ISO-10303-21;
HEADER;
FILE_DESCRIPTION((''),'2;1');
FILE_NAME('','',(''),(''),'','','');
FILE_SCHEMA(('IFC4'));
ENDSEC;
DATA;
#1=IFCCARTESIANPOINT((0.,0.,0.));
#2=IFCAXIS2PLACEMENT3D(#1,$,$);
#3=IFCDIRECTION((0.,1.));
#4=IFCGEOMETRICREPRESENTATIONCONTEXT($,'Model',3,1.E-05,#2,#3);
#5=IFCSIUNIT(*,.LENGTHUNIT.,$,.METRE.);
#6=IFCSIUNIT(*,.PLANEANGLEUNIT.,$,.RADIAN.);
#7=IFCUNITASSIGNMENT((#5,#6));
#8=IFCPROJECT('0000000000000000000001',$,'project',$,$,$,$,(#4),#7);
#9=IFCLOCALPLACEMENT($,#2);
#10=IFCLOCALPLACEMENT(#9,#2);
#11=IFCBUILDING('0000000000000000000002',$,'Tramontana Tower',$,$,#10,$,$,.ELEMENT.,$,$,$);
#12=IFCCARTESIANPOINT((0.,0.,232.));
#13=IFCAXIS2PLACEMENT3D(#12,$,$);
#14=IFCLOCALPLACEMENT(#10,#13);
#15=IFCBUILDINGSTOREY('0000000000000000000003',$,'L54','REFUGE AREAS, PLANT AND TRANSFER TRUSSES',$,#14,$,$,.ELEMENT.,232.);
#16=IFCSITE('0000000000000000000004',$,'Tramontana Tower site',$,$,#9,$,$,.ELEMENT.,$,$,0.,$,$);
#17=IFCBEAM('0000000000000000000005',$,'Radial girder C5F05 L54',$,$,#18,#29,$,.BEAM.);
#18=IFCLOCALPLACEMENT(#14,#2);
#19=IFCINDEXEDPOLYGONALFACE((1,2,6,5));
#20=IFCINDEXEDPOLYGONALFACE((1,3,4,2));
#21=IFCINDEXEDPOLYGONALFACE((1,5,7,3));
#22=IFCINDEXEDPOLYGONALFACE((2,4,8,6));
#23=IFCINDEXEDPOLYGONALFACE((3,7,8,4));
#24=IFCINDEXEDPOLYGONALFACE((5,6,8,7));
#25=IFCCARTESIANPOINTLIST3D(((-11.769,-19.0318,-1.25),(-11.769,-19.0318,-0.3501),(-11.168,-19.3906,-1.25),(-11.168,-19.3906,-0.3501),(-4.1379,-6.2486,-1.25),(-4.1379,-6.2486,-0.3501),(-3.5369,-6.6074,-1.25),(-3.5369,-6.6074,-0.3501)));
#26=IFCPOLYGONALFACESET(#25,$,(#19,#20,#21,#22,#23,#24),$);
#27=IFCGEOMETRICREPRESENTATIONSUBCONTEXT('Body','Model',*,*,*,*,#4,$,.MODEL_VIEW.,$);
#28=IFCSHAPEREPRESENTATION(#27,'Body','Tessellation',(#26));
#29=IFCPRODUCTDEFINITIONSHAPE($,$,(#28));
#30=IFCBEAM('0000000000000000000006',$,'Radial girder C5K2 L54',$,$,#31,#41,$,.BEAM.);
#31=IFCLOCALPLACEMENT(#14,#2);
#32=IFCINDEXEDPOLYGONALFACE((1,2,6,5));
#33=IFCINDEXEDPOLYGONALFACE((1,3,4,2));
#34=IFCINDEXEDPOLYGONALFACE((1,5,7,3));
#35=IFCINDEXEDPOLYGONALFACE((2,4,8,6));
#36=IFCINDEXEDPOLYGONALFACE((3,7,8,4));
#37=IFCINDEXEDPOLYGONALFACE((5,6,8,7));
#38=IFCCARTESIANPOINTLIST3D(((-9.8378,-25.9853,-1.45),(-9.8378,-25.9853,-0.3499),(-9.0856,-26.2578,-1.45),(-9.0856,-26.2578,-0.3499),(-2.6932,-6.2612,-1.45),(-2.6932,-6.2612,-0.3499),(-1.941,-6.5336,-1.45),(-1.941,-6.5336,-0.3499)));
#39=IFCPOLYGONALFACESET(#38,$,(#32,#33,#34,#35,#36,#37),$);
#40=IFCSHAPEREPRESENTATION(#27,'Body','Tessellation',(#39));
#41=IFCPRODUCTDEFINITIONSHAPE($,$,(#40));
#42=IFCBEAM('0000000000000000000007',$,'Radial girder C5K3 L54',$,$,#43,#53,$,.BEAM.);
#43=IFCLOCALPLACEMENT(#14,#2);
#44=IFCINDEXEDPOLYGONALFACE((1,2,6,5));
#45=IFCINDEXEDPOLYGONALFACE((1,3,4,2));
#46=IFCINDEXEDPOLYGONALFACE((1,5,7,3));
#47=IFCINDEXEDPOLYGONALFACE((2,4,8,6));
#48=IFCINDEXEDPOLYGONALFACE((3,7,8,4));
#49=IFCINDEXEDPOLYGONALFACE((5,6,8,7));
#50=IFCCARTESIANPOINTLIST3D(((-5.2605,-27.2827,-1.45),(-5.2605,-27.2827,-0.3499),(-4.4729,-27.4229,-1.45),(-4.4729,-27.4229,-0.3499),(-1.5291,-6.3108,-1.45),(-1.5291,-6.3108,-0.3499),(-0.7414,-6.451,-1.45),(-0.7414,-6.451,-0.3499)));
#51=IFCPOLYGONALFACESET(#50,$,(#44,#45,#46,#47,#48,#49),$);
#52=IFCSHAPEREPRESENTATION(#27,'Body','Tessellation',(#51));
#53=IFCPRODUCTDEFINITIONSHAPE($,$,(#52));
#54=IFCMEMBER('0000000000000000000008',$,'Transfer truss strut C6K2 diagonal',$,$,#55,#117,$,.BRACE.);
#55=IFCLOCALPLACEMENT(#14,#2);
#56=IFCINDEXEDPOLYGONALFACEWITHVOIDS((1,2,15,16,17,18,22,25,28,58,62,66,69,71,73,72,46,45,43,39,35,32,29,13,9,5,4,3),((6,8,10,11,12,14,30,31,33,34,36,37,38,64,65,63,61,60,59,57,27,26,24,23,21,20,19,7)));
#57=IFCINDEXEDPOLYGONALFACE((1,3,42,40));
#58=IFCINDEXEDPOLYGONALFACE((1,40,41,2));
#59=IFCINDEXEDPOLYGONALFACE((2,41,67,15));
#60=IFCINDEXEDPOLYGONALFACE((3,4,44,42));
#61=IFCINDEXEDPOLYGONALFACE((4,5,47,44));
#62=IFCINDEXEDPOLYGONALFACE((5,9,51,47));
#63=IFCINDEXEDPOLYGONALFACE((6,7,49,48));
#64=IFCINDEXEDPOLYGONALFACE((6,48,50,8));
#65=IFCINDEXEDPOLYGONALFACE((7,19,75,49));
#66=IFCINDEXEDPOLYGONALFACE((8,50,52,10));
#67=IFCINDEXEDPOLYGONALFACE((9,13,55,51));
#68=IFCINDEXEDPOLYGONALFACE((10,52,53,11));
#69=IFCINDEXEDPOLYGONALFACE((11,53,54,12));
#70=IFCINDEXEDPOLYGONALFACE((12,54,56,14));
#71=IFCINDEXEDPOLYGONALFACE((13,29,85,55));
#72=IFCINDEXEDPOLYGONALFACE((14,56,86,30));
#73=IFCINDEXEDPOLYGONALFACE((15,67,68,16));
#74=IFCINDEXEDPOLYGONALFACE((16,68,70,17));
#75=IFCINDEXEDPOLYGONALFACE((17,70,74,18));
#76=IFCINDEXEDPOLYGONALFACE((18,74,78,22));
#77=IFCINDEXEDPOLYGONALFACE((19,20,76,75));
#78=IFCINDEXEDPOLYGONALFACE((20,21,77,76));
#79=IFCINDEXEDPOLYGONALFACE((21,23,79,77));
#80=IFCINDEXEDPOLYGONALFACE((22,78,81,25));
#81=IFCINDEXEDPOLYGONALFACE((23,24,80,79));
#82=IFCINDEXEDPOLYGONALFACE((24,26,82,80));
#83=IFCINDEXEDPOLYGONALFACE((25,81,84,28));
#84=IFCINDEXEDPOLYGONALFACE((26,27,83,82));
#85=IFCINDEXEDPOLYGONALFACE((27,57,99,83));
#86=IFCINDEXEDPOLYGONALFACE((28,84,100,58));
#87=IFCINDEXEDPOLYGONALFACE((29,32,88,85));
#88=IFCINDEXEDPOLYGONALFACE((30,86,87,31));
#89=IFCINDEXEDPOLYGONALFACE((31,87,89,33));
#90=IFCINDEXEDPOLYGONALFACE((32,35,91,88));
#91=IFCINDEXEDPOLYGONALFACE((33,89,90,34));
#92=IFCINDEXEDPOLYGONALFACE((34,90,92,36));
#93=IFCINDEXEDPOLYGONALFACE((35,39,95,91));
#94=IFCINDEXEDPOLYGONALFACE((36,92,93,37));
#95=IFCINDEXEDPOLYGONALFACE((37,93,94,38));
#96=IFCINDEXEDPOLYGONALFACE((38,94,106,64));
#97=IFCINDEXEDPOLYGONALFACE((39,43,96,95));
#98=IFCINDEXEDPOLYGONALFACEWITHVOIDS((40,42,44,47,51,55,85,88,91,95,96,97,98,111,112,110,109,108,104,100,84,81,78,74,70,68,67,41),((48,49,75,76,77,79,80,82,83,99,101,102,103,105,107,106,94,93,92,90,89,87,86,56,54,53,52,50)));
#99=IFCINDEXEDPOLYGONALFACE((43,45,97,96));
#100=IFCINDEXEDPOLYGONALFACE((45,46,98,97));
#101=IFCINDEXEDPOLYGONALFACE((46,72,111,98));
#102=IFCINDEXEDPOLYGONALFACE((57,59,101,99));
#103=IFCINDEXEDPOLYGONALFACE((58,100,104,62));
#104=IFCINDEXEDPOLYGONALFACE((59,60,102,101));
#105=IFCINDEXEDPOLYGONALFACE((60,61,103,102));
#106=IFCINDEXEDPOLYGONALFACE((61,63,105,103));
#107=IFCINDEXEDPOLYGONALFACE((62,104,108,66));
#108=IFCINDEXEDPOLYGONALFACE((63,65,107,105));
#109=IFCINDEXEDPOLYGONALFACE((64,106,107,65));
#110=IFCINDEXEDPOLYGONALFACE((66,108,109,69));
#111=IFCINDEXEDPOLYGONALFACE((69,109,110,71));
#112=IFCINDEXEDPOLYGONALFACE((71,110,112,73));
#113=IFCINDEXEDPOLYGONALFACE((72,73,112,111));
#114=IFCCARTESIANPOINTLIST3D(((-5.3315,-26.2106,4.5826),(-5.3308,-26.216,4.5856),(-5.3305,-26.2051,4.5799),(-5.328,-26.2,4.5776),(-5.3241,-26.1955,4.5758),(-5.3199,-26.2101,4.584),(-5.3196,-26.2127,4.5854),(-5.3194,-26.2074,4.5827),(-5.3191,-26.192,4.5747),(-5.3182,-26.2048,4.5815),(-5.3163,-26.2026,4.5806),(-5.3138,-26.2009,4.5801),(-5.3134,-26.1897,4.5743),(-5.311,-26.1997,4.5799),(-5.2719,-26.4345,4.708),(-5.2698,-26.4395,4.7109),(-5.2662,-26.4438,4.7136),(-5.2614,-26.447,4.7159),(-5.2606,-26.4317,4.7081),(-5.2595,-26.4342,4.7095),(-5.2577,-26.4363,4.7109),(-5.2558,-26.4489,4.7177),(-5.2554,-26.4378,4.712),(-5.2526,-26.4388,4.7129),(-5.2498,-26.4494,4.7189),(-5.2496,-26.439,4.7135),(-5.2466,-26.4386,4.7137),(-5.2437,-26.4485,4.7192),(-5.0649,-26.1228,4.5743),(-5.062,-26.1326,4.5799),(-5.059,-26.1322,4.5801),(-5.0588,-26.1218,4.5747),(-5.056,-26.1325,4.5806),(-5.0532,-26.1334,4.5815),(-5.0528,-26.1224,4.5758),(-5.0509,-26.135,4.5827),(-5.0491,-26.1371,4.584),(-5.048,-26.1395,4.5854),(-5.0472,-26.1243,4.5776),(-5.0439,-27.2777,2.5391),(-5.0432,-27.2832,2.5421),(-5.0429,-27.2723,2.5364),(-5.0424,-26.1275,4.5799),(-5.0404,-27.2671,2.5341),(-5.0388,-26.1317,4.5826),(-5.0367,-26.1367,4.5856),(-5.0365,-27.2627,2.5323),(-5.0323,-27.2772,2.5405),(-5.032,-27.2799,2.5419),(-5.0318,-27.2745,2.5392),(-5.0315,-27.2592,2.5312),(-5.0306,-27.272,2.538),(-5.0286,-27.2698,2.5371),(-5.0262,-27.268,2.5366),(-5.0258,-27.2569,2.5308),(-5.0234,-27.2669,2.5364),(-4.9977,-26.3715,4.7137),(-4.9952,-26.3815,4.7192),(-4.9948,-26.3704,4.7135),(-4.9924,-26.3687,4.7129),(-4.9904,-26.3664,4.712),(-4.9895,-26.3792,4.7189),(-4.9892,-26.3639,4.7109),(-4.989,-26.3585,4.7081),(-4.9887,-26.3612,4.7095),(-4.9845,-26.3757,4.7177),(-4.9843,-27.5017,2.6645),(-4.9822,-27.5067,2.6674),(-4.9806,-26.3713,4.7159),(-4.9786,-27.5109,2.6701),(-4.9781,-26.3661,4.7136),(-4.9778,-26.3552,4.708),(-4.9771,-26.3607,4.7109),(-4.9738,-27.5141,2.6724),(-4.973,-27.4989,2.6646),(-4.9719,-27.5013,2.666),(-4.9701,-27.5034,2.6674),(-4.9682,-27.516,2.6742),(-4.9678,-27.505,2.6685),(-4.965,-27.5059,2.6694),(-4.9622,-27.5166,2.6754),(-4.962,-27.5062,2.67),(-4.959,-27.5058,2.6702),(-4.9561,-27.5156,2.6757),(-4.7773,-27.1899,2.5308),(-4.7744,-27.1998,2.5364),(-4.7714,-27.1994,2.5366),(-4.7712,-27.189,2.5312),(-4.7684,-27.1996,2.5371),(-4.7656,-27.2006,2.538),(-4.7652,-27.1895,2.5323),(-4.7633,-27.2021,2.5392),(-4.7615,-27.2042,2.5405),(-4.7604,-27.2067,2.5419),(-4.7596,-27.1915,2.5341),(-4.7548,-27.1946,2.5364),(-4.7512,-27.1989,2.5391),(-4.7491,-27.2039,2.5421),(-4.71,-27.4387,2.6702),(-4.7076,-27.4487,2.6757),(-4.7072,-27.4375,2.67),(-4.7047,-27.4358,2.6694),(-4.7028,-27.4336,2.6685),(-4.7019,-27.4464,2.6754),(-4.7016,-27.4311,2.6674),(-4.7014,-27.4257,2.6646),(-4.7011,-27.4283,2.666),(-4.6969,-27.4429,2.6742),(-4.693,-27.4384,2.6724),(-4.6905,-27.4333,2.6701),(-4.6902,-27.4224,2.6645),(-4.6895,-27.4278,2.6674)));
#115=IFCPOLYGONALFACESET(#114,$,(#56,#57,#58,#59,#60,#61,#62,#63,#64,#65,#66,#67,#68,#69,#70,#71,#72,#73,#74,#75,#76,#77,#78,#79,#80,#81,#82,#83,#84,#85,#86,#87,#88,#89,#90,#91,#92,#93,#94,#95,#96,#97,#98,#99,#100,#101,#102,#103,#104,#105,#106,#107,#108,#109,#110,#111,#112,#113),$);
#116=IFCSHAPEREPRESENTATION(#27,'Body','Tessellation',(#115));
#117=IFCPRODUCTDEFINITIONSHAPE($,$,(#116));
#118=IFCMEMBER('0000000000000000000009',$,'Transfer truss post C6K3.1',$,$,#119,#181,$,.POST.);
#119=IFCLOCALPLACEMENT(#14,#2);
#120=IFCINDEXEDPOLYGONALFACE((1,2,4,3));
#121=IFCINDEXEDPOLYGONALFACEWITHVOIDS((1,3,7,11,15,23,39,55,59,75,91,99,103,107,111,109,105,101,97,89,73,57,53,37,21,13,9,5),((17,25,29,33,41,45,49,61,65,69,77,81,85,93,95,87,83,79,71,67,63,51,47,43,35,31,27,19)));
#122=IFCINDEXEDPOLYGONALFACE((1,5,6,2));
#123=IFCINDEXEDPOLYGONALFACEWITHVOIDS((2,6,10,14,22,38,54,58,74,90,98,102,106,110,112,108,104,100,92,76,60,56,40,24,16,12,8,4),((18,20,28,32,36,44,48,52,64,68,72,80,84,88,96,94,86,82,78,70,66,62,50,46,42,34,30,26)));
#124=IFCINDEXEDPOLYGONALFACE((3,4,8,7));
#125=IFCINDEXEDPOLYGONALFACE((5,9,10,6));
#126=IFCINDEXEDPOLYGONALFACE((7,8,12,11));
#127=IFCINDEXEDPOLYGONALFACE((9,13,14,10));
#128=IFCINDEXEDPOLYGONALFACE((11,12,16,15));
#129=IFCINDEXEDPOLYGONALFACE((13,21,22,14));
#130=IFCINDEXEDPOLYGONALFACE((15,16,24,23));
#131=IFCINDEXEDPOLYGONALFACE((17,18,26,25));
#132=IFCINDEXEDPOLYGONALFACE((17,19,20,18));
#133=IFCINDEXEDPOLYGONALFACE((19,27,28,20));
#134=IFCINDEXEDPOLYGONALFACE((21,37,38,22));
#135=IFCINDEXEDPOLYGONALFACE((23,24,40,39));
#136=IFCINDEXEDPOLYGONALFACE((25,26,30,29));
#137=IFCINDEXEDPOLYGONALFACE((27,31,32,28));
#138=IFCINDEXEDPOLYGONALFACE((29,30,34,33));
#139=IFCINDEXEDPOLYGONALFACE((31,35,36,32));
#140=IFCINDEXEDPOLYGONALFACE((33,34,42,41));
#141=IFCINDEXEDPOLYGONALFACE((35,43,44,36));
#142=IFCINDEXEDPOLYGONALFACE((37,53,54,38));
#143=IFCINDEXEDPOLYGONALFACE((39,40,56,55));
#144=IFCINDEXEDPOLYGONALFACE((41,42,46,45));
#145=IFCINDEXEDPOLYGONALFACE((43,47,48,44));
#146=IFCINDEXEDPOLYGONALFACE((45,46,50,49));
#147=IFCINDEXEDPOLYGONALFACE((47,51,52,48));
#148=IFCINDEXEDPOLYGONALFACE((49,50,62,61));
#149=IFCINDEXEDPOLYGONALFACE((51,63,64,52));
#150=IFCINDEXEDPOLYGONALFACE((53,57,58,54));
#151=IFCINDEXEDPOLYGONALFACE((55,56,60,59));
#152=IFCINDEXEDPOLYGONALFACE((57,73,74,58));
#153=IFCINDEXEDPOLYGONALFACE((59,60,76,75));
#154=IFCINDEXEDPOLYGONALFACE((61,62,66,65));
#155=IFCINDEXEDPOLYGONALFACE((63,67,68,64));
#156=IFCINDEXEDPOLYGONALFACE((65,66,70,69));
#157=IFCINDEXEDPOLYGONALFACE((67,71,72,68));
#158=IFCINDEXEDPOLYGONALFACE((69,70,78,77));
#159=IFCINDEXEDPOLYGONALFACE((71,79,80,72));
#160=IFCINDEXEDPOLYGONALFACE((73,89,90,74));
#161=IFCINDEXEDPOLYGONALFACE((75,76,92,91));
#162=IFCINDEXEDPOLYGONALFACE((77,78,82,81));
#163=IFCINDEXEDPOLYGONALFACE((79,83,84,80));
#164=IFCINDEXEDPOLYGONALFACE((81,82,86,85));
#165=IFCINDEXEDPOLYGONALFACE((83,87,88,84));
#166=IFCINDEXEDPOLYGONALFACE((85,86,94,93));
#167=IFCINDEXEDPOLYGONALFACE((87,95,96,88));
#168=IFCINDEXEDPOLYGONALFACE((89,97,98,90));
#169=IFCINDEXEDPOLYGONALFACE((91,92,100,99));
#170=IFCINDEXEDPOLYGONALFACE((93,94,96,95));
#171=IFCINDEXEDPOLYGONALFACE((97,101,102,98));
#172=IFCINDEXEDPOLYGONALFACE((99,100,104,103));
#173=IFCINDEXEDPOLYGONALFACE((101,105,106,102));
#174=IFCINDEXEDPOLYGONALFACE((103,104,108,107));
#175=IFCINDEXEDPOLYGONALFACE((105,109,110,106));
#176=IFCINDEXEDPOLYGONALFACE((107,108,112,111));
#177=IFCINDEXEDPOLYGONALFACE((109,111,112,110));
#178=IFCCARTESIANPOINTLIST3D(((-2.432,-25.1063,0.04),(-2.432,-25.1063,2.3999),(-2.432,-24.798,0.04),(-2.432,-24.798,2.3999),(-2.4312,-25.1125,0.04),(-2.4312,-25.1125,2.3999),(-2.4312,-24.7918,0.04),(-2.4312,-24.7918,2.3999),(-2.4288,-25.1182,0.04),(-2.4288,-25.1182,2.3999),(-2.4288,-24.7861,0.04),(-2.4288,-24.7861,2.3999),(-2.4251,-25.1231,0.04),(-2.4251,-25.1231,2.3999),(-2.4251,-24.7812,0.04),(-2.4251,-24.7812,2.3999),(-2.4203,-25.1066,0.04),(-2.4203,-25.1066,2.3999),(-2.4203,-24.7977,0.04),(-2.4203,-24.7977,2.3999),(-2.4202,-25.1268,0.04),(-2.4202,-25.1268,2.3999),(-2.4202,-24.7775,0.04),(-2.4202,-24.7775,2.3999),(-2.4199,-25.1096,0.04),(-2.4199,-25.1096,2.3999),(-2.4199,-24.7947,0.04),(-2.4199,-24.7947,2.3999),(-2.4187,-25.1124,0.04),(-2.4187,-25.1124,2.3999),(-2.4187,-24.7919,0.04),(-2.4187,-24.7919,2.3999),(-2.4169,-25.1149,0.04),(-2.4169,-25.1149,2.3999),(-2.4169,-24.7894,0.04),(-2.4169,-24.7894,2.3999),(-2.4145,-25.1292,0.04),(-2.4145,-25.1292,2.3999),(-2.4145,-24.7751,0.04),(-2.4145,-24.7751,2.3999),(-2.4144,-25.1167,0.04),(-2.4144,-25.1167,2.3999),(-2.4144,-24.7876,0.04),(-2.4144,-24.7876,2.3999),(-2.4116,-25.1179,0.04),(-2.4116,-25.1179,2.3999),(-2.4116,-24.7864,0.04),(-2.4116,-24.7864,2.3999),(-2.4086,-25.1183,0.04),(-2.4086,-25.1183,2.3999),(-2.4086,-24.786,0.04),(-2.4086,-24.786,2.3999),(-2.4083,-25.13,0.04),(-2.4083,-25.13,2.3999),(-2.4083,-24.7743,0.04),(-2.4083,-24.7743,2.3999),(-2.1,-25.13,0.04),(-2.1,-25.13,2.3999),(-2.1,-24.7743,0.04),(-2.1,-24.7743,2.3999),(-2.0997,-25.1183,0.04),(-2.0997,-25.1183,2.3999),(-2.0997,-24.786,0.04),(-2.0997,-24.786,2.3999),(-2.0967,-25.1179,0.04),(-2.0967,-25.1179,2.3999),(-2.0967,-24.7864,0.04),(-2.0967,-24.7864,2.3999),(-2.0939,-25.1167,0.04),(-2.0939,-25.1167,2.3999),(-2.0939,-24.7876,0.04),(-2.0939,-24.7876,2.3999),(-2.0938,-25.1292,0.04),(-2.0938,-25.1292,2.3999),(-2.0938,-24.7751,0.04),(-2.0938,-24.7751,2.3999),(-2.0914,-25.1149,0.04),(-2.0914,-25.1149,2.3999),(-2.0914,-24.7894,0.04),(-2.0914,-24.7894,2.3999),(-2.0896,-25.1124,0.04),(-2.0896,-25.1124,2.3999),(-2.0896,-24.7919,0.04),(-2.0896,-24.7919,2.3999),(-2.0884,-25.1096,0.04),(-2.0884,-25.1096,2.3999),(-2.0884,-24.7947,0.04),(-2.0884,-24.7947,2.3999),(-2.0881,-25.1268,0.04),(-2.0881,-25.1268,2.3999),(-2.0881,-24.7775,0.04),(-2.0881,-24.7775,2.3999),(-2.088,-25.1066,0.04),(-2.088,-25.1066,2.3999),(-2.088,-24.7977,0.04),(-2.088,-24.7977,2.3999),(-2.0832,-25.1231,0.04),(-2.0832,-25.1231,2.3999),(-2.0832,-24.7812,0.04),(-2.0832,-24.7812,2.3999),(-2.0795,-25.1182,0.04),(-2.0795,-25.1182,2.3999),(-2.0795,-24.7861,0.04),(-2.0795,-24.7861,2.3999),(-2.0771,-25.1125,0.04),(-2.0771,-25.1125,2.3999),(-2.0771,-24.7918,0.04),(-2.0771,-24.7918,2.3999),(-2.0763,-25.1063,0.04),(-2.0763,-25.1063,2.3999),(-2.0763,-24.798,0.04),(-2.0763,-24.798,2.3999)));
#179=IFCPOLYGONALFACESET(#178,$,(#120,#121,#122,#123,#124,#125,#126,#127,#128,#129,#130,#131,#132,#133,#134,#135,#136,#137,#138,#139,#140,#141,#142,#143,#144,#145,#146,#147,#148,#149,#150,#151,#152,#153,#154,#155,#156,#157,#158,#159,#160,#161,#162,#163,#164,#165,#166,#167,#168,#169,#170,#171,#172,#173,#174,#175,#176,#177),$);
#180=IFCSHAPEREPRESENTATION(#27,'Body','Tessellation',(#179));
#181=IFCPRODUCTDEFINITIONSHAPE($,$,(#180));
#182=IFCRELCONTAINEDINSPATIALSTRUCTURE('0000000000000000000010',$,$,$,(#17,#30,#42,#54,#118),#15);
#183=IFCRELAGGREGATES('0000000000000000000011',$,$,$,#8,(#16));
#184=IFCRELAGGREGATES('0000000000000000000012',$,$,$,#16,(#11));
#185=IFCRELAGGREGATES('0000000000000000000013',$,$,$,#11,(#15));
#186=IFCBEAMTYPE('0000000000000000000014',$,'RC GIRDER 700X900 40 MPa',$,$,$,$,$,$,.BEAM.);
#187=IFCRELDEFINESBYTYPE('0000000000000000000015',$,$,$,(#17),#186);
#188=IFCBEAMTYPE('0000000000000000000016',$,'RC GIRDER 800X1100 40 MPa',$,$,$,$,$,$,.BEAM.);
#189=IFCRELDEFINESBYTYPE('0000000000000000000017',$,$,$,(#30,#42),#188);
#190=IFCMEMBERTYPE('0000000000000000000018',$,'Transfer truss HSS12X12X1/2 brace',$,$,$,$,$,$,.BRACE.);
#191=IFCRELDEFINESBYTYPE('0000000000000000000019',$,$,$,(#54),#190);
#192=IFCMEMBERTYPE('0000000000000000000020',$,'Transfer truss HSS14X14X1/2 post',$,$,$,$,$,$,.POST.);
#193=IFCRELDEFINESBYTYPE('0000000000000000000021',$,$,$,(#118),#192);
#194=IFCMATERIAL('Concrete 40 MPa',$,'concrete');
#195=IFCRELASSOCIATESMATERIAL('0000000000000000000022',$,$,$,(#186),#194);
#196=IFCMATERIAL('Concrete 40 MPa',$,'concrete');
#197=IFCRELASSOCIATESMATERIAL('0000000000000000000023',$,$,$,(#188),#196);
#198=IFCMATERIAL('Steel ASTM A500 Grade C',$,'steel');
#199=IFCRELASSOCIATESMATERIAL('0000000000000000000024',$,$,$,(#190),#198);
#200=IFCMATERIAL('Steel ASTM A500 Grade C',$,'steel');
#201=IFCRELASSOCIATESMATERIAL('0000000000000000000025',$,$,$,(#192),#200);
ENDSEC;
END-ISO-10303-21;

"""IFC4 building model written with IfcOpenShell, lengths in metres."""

from ifc_helpers import new_model, si_unit, direction, frame, origin, origin_2d, place, context, subcontext, project, spatial, rectangle, hollow_rectangle, extrude, material, material_profile, profile_set, type_object, element, save


model = new_model("IFC4")

# Units and contexts
model_context = context("Model", 3, precision=1e-05, world=origin(), true_north=direction((0.0, 1.0)))
body_context = subcontext(model_context, "Body", "Model", "MODEL_VIEW")
ifc_project = project(units=[si_unit("LENGTHUNIT", "METRE"), si_unit("PLANEANGLEUNIT", "RADIAN")], contexts=[model_context])

# Site, building, storey
site_placement = place(None, origin())
site = spatial("IfcSite", under=ifc_project, at=site_placement, Name="Tramontana Tower site", CompositionType="ELEMENT", RefElevation=0.0)
building_placement = place(site_placement, origin())
building = spatial("IfcBuilding", under=site, at=building_placement, Name="Tramontana Tower", CompositionType="ELEMENT")
storey_placement = place(building_placement, frame((0.0, 0.0, 232.0)))
storey = spatial("IfcBuildingStorey", under=building, at=storey_placement, Name="L54", Description="REFUGE AREAS, PLANT AND TRANSFER TRUSSES", CompositionType="ELEMENT", Elevation=232.0)

# Beams
ifc_material_1 = material(Name="Concrete 40 MPa", Category="concrete")
ifc_material_profile_1 = material_profile(ifc_material_1, rectangle(XDim=0.7, YDim=0.8999, at=origin_2d()), Name="RC GIRDER 700X900 40 MPa")
ifc_profile_set_1 = profile_set([ifc_material_profile_1], Name="Concrete 40 MPa")
beam_type_1 = type_object("IfcBeamType", Name="RC GIRDER 700X900 40 MPa", PredefinedType="BEAM", material=ifc_profile_set_1)
beam_1_placement = place(storey_placement, frame((-11.4685, -19.2112, -0.8), z_axis=(0.512577, 0.858641, 0.0), x_axis=(-0.858641, 0.512577, 0.0)))
element("IfcBeam", 1, at=beam_1_placement, inside=storey, type_object=beam_type_1, Name="Radial girder C5F05 L54", PredefinedType="BEAM", context=body_context, shape_type="SweptSolid", body=[
    extrude(rectangle(XDim=0.7, YDim=0.8999, at=origin_2d()), origin(), (0.0, 0.0, 1.0), 14.8877),
])
ifc_material_2 = material(Name="Concrete 40 MPa", Category="concrete")
ifc_material_profile_2 = material_profile(ifc_material_2, rectangle(XDim=0.8, YDim=1.1001, at=origin_2d()), Name="RC GIRDER 800X1100 40 MPa")
ifc_profile_set_2 = profile_set([ifc_material_profile_2], Name="Concrete 40 MPa")
beam_type_2 = type_object("IfcBeamType", Name="RC GIRDER 800X1100 40 MPa", PredefinedType="BEAM", material=ifc_profile_set_2)
beam_2_placement = place(storey_placement, frame((-9.4617, -26.1216, -0.8999), z_axis=(0.340569, 0.940219, 0.0), x_axis=(-0.940219, 0.340569, 0.0)))
element("IfcBeam", 2, at=beam_2_placement, inside=storey, type_object=beam_type_2, Name="Radial girder C5K2 L54", PredefinedType="BEAM", context=body_context, shape_type="SweptSolid", body=[
    extrude(rectangle(XDim=0.8, YDim=1.1001, at=origin_2d()), origin(), (0.0, 0.0, 1.0), 20.9783),
])
beam_3_placement = place(storey_placement, frame((-4.8667, -27.3528, -0.8999), z_axis=(0.175175, 0.984537, 0.0), x_axis=(-0.984537, 0.175175, 0.0)))
element("IfcBeam", 3, at=beam_3_placement, inside=storey, type_object=beam_type_2, Name="Radial girder C5K3 L54", PredefinedType="BEAM", context=body_context, shape_type="SweptSolid", body=[
    extrude(rectangle(XDim=0.8, YDim=1.1001, at=origin_2d()), origin(), (0.0, 0.0, 1.0), 21.3013),
])

# Members
ifc_material_3 = material(Name="Steel ASTM A500 Grade C", Category="steel")
ifc_material_profile_3 = material_profile(ifc_material_3, hollow_rectangle(XDim=0.3047, YDim=0.3047, WallThickness=0.0117, InnerFilletRadius=0.0117, OuterFilletRadius=0.0237, at=origin_2d()), Name="HSS12X12X1/2")
ifc_profile_set_3 = profile_set([ifc_material_profile_3], Name="Steel ASTM A500 Grade C")
member_type_1 = type_object("IfcMemberType", Name="Transfer truss HSS12X12X1/2 brace", PredefinedType="BRACE", material=ifc_profile_set_3)
member_1_placement = place(storey_placement, frame((-4.8667, -27.3528, 2.6033), z_axis=(-0.123794, 0.459342, 0.879591), x_axis=(-0.96555, -0.260219, 0.0)))
element("IfcMember", 4, at=member_1_placement, inside=storey, type_object=member_type_1, Name="Transfer truss strut C6K2 diagonal", PredefinedType="BRACE", context=body_context, shape_type="SweptSolid", body=[
    extrude(hollow_rectangle(XDim=0.3047, YDim=0.3047, WallThickness=0.0117, InnerFilletRadius=0.0117, OuterFilletRadius=0.0237, at=origin_2d()), origin(), (0.0, 0.0, 1.0), 2.3232),
])
ifc_material_4 = material(Name="Steel ASTM A500 Grade C", Category="steel")
ifc_material_profile_4 = material_profile(ifc_material_4, hollow_rectangle(XDim=0.3557, YDim=0.3557, WallThickness=0.0117, InnerFilletRadius=0.0117, OuterFilletRadius=0.0237, at=origin_2d()), Name="HSS14X14X1/2")
ifc_profile_set_4 = profile_set([ifc_material_profile_4], Name="Steel ASTM A500 Grade C")
member_type_2 = type_object("IfcMemberType", Name="Transfer truss HSS14X14X1/2 post", PredefinedType="POST", material=ifc_profile_set_4)
for number, where, z_axis, x_axis, name in (
    (5, (-2.2542, -24.9521, 0.04), (0.0, 0.0, 1.0), (1.0, 0.0, 0.0), "Transfer truss post C6K3.1"),
):
    element("IfcMember", number, at=place(storey_placement, frame(where, z_axis=z_axis, x_axis=x_axis)), inside=storey, type_object=member_type_2, Name=name, PredefinedType="POST", context=body_context, shape_type="SweptSolid", body=[
        extrude(hollow_rectangle(XDim=0.3557, YDim=0.3557, WallThickness=0.0117, InnerFilletRadius=0.0117, OuterFilletRadius=0.0237, at=origin_2d()), origin(), (0.0, 0.0, 1.0), 2.3599),
    ])

save(model, "model.ifc")
